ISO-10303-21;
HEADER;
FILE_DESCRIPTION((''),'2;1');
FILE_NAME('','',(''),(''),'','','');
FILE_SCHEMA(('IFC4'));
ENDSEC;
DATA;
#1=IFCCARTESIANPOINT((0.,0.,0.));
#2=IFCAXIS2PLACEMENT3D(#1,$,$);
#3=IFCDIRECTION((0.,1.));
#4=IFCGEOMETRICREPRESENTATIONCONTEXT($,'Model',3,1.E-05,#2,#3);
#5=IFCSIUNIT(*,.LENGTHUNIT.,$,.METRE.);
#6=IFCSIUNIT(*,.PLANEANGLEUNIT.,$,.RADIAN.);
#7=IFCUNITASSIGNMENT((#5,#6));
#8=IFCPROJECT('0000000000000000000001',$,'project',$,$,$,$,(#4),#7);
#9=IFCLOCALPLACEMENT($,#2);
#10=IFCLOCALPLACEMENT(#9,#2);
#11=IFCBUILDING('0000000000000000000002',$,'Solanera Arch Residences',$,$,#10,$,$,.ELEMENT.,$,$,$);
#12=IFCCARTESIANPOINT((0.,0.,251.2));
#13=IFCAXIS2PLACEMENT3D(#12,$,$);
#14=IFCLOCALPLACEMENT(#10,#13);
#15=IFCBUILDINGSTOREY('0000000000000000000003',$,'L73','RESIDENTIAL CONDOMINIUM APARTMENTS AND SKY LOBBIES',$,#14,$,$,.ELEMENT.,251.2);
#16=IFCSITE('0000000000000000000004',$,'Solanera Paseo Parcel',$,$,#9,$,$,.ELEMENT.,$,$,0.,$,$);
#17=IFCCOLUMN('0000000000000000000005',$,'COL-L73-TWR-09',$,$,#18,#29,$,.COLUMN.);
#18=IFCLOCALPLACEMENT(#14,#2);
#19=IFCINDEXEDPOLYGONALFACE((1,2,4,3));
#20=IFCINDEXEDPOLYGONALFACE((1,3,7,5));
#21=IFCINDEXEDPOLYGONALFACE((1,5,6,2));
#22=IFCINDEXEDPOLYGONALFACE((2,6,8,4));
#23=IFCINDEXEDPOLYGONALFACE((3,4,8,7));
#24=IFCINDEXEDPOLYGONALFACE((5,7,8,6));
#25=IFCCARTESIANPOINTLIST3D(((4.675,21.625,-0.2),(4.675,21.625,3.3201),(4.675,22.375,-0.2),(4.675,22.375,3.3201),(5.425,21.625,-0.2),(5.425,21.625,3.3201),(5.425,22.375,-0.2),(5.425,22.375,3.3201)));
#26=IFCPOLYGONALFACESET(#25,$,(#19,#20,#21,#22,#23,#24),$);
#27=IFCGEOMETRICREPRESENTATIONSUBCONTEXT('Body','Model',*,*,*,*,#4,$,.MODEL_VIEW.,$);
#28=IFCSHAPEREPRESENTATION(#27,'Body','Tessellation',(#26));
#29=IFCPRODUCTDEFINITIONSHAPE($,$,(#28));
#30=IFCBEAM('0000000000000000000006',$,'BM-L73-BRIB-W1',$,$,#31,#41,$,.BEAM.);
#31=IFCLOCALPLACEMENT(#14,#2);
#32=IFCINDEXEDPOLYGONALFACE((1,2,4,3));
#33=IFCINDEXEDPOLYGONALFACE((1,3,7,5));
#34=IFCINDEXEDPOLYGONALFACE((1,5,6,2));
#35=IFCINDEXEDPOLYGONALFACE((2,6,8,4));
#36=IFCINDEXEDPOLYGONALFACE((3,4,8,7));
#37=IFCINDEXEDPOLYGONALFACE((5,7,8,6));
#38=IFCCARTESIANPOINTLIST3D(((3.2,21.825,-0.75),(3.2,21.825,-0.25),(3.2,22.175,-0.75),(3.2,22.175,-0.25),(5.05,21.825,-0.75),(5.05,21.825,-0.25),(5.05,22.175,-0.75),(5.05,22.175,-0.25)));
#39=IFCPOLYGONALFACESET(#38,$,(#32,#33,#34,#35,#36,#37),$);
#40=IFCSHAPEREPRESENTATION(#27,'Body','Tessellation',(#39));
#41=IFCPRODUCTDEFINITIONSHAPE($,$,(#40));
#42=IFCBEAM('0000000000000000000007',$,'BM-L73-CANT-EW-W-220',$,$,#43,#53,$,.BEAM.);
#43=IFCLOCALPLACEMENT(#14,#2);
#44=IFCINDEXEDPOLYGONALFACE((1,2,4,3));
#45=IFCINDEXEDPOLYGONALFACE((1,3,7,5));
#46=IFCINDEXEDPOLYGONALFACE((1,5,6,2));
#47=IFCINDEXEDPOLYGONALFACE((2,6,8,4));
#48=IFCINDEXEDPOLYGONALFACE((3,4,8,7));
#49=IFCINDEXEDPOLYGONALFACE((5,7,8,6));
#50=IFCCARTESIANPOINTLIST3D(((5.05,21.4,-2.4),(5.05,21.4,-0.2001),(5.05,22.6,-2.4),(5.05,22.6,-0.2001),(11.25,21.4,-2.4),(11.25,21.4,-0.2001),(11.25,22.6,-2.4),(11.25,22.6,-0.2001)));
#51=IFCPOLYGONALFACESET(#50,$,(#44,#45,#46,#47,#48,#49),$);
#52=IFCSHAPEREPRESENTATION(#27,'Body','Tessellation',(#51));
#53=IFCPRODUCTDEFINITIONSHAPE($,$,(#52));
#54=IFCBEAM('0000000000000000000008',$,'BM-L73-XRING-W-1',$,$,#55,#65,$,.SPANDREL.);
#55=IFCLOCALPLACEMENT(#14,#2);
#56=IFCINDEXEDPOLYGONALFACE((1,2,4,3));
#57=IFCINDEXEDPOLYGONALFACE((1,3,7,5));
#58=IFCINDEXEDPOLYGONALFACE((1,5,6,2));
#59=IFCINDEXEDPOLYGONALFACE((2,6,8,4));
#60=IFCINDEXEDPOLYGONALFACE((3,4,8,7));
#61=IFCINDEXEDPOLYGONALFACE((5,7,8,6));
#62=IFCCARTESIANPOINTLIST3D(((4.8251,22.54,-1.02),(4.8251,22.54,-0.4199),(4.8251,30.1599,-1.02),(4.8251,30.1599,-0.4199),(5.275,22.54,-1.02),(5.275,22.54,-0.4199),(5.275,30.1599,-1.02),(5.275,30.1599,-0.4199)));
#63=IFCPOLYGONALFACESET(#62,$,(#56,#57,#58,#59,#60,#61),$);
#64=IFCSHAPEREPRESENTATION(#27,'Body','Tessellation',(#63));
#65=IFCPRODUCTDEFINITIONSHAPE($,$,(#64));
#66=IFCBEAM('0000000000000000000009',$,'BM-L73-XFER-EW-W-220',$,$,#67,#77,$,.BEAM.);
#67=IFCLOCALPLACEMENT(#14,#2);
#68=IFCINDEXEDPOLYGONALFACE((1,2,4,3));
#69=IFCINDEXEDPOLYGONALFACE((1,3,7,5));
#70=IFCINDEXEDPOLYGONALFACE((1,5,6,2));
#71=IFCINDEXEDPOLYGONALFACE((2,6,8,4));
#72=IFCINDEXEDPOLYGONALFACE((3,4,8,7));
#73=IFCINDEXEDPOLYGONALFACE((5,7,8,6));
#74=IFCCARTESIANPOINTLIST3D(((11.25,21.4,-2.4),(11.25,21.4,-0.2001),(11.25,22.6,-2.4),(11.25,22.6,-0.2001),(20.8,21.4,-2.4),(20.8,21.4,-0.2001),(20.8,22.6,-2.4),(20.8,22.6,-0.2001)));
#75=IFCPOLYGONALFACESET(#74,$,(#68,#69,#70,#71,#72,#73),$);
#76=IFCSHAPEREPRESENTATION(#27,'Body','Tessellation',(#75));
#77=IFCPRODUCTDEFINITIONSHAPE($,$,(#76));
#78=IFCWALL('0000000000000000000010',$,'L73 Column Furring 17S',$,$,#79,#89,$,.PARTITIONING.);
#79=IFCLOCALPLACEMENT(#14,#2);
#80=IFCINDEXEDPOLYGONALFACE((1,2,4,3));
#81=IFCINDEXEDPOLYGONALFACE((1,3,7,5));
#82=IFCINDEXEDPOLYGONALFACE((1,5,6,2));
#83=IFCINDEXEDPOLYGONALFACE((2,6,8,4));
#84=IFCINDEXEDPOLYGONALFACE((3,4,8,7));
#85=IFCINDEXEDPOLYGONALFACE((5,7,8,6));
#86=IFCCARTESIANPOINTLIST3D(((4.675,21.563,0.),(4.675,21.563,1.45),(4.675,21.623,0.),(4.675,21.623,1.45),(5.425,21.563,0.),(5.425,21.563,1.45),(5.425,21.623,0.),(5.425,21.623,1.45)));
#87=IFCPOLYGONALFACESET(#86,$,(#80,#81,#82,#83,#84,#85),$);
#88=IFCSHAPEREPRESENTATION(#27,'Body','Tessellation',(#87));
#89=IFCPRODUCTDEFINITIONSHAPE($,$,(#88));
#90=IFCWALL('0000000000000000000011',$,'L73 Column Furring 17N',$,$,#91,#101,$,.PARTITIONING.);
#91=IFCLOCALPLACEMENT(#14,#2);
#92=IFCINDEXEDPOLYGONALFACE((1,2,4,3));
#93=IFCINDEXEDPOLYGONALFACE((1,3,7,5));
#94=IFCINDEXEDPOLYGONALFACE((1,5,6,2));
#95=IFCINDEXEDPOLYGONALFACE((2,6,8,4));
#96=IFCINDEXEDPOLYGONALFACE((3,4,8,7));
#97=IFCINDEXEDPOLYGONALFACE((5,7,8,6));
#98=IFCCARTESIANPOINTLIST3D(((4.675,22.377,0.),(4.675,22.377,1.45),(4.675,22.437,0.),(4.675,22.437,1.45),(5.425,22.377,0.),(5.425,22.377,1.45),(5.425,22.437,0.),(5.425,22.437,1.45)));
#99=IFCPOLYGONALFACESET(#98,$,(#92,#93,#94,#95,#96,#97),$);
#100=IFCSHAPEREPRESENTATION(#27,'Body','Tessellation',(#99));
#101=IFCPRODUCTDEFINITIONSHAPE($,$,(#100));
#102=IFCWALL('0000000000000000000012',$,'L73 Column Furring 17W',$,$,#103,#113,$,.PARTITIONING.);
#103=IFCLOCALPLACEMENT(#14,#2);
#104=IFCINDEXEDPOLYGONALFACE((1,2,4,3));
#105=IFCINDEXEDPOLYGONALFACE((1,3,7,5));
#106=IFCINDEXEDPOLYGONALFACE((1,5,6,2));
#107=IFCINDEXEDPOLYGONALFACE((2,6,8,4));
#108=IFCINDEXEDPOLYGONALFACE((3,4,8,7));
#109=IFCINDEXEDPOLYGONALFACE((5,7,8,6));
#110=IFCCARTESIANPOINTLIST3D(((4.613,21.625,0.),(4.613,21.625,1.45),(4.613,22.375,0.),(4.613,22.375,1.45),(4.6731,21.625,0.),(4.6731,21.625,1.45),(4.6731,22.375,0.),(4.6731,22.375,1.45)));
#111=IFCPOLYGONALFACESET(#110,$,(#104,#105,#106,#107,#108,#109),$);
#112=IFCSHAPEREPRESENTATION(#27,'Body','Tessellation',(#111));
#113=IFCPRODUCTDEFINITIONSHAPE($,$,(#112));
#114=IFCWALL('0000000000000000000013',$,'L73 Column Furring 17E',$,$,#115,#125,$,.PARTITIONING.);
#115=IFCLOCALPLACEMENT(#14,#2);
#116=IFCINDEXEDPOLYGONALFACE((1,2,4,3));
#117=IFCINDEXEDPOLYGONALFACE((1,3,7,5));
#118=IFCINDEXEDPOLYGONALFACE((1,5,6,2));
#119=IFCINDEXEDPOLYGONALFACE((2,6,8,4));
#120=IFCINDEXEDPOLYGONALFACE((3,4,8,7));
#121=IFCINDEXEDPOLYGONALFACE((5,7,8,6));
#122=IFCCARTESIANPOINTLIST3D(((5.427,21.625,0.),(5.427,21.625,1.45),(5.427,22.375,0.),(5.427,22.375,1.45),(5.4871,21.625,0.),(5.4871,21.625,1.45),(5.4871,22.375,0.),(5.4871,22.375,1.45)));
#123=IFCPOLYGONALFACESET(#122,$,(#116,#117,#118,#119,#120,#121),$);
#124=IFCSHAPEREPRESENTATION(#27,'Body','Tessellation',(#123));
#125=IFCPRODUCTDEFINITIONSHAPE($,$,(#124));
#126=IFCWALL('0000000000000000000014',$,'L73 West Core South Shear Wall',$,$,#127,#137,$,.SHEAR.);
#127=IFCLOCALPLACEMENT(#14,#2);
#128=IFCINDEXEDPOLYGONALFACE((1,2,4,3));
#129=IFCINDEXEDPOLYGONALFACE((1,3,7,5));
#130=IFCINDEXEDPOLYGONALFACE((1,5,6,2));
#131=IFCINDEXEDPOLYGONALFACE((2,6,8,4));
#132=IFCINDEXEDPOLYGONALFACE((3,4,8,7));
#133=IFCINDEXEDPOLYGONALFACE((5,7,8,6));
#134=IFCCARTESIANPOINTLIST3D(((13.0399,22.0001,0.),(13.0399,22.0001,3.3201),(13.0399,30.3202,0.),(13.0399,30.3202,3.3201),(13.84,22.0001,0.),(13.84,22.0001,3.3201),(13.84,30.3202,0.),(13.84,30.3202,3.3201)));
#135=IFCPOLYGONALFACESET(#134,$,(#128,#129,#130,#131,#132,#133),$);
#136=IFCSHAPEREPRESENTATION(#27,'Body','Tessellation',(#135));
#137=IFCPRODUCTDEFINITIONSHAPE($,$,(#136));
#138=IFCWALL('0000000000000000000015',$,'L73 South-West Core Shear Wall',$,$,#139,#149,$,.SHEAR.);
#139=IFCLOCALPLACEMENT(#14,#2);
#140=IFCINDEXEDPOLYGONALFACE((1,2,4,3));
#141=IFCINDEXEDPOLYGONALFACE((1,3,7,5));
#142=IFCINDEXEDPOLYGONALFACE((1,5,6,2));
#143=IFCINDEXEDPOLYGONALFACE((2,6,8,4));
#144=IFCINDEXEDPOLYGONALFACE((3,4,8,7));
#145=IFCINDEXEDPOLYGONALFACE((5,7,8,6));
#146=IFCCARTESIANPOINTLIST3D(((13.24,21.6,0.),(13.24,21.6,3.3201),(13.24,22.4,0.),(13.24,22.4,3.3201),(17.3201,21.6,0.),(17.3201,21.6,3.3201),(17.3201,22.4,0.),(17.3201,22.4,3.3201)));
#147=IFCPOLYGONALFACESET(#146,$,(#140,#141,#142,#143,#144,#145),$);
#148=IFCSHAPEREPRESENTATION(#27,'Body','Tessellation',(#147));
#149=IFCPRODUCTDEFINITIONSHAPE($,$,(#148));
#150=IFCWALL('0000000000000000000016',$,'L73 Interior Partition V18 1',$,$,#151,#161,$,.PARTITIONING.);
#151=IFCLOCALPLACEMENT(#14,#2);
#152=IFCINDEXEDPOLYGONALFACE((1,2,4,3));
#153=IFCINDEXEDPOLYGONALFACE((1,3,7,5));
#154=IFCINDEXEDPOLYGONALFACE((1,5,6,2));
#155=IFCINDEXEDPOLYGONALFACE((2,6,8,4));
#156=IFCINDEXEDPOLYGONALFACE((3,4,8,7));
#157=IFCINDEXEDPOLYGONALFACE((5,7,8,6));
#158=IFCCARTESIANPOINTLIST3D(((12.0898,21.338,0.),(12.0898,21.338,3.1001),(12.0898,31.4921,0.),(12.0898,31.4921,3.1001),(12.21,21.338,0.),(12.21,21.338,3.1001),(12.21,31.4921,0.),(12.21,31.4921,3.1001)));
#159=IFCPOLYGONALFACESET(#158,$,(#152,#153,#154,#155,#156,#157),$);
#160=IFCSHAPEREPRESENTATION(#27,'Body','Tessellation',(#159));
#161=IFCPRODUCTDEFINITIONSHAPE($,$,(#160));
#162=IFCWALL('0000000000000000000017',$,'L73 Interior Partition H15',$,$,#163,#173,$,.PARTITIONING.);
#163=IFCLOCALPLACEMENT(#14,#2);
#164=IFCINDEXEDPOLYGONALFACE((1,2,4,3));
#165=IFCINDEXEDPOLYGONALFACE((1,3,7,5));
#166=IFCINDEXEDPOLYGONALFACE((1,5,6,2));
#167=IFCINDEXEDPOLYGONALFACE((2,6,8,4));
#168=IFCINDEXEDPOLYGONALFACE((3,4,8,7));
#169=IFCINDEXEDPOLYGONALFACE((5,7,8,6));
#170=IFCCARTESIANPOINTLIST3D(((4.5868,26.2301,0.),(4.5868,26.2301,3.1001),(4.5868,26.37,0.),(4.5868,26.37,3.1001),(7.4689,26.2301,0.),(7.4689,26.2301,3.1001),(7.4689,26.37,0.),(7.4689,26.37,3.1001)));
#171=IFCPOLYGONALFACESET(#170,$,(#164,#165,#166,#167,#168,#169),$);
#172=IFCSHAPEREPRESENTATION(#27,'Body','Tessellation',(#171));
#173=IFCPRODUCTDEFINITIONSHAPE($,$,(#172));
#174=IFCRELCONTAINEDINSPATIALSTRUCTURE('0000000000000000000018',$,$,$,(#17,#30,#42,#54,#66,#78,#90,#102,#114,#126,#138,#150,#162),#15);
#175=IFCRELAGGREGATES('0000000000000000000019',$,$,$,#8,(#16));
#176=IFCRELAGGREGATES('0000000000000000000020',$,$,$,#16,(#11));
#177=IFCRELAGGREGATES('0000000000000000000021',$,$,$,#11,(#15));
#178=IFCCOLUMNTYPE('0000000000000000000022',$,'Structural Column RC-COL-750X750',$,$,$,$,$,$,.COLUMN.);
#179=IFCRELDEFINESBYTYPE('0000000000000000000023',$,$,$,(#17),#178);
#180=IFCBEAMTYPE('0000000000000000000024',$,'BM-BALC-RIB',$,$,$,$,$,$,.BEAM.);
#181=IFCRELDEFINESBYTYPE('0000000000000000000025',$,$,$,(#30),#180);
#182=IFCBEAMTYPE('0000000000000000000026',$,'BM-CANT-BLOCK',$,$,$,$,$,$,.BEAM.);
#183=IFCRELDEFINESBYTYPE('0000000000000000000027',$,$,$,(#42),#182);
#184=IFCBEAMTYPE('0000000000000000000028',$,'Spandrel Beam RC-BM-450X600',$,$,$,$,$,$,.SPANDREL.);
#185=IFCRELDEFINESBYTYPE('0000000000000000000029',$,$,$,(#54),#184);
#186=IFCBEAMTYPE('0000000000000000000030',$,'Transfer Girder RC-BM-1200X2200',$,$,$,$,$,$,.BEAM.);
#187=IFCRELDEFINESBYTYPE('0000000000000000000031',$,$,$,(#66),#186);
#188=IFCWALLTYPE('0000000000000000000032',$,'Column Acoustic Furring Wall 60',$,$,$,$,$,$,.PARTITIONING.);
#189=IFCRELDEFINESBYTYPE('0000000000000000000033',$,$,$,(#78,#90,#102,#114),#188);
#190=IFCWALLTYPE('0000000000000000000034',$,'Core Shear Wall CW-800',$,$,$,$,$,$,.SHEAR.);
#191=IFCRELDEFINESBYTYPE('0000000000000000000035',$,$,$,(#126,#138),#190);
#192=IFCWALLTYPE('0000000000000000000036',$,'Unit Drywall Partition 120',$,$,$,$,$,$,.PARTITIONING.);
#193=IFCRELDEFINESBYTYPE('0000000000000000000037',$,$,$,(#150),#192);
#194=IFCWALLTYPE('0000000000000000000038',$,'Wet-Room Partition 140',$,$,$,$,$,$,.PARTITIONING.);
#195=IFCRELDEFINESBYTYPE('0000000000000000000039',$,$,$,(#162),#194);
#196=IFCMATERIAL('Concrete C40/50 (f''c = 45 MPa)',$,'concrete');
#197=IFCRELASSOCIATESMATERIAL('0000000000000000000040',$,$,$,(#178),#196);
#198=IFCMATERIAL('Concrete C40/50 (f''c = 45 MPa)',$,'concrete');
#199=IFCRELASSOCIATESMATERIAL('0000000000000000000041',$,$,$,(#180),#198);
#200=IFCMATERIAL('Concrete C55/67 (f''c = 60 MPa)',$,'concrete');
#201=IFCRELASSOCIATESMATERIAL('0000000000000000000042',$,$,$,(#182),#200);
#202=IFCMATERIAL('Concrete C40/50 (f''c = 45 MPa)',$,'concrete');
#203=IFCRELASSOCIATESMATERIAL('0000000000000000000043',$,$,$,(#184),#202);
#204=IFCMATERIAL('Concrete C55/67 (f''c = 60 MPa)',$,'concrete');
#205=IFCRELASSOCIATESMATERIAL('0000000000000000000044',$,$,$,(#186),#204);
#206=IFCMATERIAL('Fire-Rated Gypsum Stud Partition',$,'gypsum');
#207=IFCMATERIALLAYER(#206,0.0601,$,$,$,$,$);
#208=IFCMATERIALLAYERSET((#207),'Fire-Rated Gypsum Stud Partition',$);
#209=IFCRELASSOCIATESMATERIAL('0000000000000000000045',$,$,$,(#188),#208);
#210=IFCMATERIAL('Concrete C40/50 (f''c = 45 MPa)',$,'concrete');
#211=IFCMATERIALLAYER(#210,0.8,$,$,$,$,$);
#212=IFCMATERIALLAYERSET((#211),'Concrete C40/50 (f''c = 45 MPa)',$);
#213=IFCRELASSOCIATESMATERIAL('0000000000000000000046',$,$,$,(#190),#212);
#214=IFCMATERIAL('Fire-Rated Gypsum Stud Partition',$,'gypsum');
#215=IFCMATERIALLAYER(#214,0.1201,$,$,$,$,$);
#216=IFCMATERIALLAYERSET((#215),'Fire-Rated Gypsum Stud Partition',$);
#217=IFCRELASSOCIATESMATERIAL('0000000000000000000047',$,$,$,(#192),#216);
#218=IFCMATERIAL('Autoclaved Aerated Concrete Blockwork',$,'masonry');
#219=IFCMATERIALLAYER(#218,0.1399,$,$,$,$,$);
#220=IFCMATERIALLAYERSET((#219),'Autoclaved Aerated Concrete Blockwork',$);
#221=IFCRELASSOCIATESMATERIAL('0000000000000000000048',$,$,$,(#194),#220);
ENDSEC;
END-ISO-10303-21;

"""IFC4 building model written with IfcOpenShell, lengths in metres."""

from ifc_helpers import new_model, si_unit, direction, frame, frame_2d, origin, origin_2d, place, context, subcontext, project, spatial, rectangle, extrude, material, layer, layer_set, material_profile, profile_set, type_object, element, save


model = new_model("IFC4")

# Units and contexts
model_context = context("Model", 3, precision=1e-05, world=origin(), true_north=direction((0.0, 1.0)))
body_context = subcontext(model_context, "Body", "Model", "MODEL_VIEW")
ifc_project = project(units=[si_unit("LENGTHUNIT", "METRE"), si_unit("PLANEANGLEUNIT", "RADIAN")], contexts=[model_context])

# Site, building, storey
site_placement = place(None, origin())
site = spatial("IfcSite", under=ifc_project, at=site_placement, Name="Solanera Paseo Parcel", CompositionType="ELEMENT", RefElevation=0.0)
building_placement = place(site_placement, origin())
building = spatial("IfcBuilding", under=site, at=building_placement, Name="Solanera Arch Residences", CompositionType="ELEMENT")
storey_placement = place(building_placement, frame((0.0, 0.0, 251.2)))
storey = spatial("IfcBuildingStorey", under=building, at=storey_placement, Name="L73", Description="RESIDENTIAL CONDOMINIUM APARTMENTS AND SKY LOBBIES", CompositionType="ELEMENT", Elevation=251.2)

# Column
ifc_material_1 = material(Name="Concrete C40/50 (f'c = 45 MPa)", Category="concrete")
ifc_material_profile_1 = material_profile(ifc_material_1, rectangle(XDim=0.75, YDim=0.75, at=origin_2d()))
ifc_profile_set_1 = profile_set([ifc_material_profile_1], Name="Concrete C40/50 (f'c = 45 MPa)")
column_type = type_object("IfcColumnType", Name="Structural Column RC-COL-750X750", PredefinedType="COLUMN", material=ifc_profile_set_1)
column_placement = place(storey_placement, frame((5.05, 22.0, -0.2), z_axis=(0.0, 0.0, 1.0), x_axis=(1.0, 0.0, 0.0)))
element("IfcColumn", 1, at=column_placement, inside=storey, type_object=column_type, Name="COL-L73-TWR-09", PredefinedType="COLUMN", context=body_context, shape_type="SweptSolid", body=[
    extrude(rectangle(XDim=0.75, YDim=0.75, at=origin_2d()), origin(), (0.0, 0.0, 1.0), 3.52),
])

# Beams
ifc_material_2 = material(Name="Concrete C40/50 (f'c = 45 MPa)", Category="concrete")
ifc_material_profile_2 = material_profile(ifc_material_2, rectangle(XDim=0.3501, YDim=0.5, at=origin_2d()))
ifc_profile_set_2 = profile_set([ifc_material_profile_2], Name="Concrete C40/50 (f'c = 45 MPa)")
beam_type_1 = type_object("IfcBeamType", Name="BM-BALC-RIB", PredefinedType="BEAM", material=ifc_profile_set_2)
beam_1_placement = place(storey_placement, frame((3.2, 22.0, -0.5), z_axis=(1.0, 0.0, 0.0), x_axis=(0.0, 1.0, 0.0)))
element("IfcBeam", 2, at=beam_1_placement, inside=storey, type_object=beam_type_1, Name="BM-L73-BRIB-W1", PredefinedType="BEAM", context=body_context, shape_type="SweptSolid", body=[
    extrude(rectangle(XDim=0.3501, YDim=0.5, at=origin_2d()), origin(), (0.0, 0.0, 1.0), 1.8501),
])
ifc_material_3 = material(Name="Concrete C55/67 (f'c = 60 MPa)", Category="concrete")
ifc_material_profile_3 = material_profile(ifc_material_3, rectangle(XDim=1.2, YDim=2.2, at=origin_2d()))
ifc_profile_set_3 = profile_set([ifc_material_profile_3], Name="Concrete C55/67 (f'c = 60 MPa)")
beam_type_2 = type_object("IfcBeamType", Name="BM-CANT-BLOCK", PredefinedType="BEAM", material=ifc_profile_set_3)
beam_2_placement = place(storey_placement, frame((5.05, 22.0, -1.3), z_axis=(1.0, 0.0, 0.0), x_axis=(0.0, 1.0, 0.0)))
element("IfcBeam", 3, at=beam_2_placement, inside=storey, type_object=beam_type_2, Name="BM-L73-CANT-EW-W-220", PredefinedType="BEAM", context=body_context, shape_type="SweptSolid", body=[
    extrude(rectangle(XDim=1.2, YDim=2.2, at=origin_2d()), origin(), (0.0, 0.0, 1.0), 6.2),
])
ifc_material_4 = material(Name="Concrete C40/50 (f'c = 45 MPa)", Category="concrete")
ifc_material_profile_4 = material_profile(ifc_material_4, rectangle(XDim=0.45, YDim=0.6001, at=origin_2d()))
ifc_profile_set_4 = profile_set([ifc_material_profile_4], Name="Concrete C40/50 (f'c = 45 MPa)")
beam_type_3 = type_object("IfcBeamType", Name="Spandrel Beam RC-BM-450X600", PredefinedType="SPANDREL", material=ifc_profile_set_4)
beam_3_placement = place(storey_placement, frame((5.05, 22.54, -0.72), z_axis=(0.0, 1.0, 0.0), x_axis=(-1.0, 0.0, 0.0)))
element("IfcBeam", 4, at=beam_3_placement, inside=storey, type_object=beam_type_3, Name="BM-L73-XRING-W-1", PredefinedType="SPANDREL", context=body_context, shape_type="SweptSolid", body=[
    extrude(rectangle(XDim=0.45, YDim=0.6001, at=origin_2d()), origin(), (0.0, 0.0, 1.0), 7.6199),
])
ifc_material_5 = material(Name="Concrete C55/67 (f'c = 60 MPa)", Category="concrete")
ifc_material_profile_5 = material_profile(ifc_material_5, rectangle(XDim=1.2, YDim=2.2, at=origin_2d()))
ifc_profile_set_5 = profile_set([ifc_material_profile_5], Name="Concrete C55/67 (f'c = 60 MPa)")
beam_type_4 = type_object("IfcBeamType", Name="Transfer Girder RC-BM-1200X2200", PredefinedType="BEAM", material=ifc_profile_set_5)
beam_4_placement = place(storey_placement, frame((11.25, 22.0, -1.3), z_axis=(1.0, 0.0, 0.0), x_axis=(0.0, 1.0, 0.0)))
element("IfcBeam", 5, at=beam_4_placement, inside=storey, type_object=beam_type_4, Name="BM-L73-XFER-EW-W-220", PredefinedType="BEAM", context=body_context, shape_type="SweptSolid", body=[
    extrude(rectangle(XDim=1.2, YDim=2.2, at=origin_2d()), origin(), (0.0, 0.0, 1.0), 9.55),
])

# Walls
ifc_material_6 = material(Name="Fire-Rated Gypsum Stud Partition", Category="gypsum")
ifc_layer_1 = layer(ifc_material_6, 0.0601)
ifc_layer_set_1 = layer_set([ifc_layer_1], Name="Fire-Rated Gypsum Stud Partition")
wall_type_1 = type_object("IfcWallType", Name="Column Acoustic Furring Wall 60", PredefinedType="PARTITIONING", material=ifc_layer_set_1)
for number, where, z_axis, x_axis, name in (
    (6, (4.675, 21.593, 0.0), (0.0, 0.0, 1.0), (1.0, 0.0, 0.0), "L73 Column Furring 17S"),
    (7, (4.675, 22.407, 0.0), (0.0, 0.0, 1.0), (1.0, 0.0, 0.0), "L73 Column Furring 17N"),
    (8, (4.6431, 21.625, 0.0), (0.0, 0.0, 1.0), (0.0, 1.0, 0.0), "L73 Column Furring 17W"),
    (9, (5.457, 21.625, 0.0), (0.0, 0.0, 1.0), (0.0, 1.0, 0.0), "L73 Column Furring 17E"),
):
    element("IfcWall", number, at=place(storey_placement, frame(where, z_axis=z_axis, x_axis=x_axis)), inside=storey, type_object=wall_type_1, Name=name, PredefinedType="PARTITIONING", context=body_context, shape_type="SweptSolid", body=[
        extrude(rectangle(XDim=0.75, YDim=0.0601, at=frame_2d((0.375, 0.0))), origin(), (0.0, 0.0, 1.0), 1.45),
    ])
ifc_material_7 = material(Name="Concrete C40/50 (f'c = 45 MPa)", Category="concrete")
ifc_layer_2 = layer(ifc_material_7, 0.8)
ifc_layer_set_2 = layer_set([ifc_layer_2], Name="Concrete C40/50 (f'c = 45 MPa)")
wall_type_2 = type_object("IfcWallType", Name="Core Shear Wall CW-800", PredefinedType="SHEAR", material=ifc_layer_set_2)
wall_1_placement = place(storey_placement, frame((13.4399, 22.0, 0.0), z_axis=(0.0, 0.0, 1.0), x_axis=(0.0, 1.0, 0.0)))
element("IfcWall", 10, at=wall_1_placement, inside=storey, type_object=wall_type_2, Name="L73 West Core South Shear Wall", PredefinedType="SHEAR", context=body_context, shape_type="SweptSolid", body=[
    extrude(rectangle(XDim=8.3201, YDim=0.8, at=frame_2d((4.1602, 0.0))), origin(), (0.0, 0.0, 1.0), 3.3201),
])
wall_2_placement = place(storey_placement, frame((13.24, 22.0, 0.0), z_axis=(0.0, 0.0, 1.0), x_axis=(1.0, 0.0, 0.0)))
element("IfcWall", 11, at=wall_2_placement, inside=storey, type_object=wall_type_2, Name="L73 South-West Core Shear Wall", PredefinedType="SHEAR", context=body_context, shape_type="SweptSolid", body=[
    extrude(rectangle(XDim=4.0801, YDim=0.8, at=frame_2d((2.04, 0.0))), origin(), (0.0, 0.0, 1.0), 3.3201),
])
ifc_material_8 = material(Name="Fire-Rated Gypsum Stud Partition", Category="gypsum")
ifc_layer_3 = layer(ifc_material_8, 0.1201)
ifc_layer_set_3 = layer_set([ifc_layer_3], Name="Fire-Rated Gypsum Stud Partition")
wall_type_3 = type_object("IfcWallType", Name="Unit Drywall Partition 120", PredefinedType="PARTITIONING", material=ifc_layer_set_3)
wall_3_placement = place(storey_placement, frame((12.1499, 21.3379, 0.0), z_axis=(0.0, 0.0, 1.0), x_axis=(0.0, 1.0, 0.0)))
element("IfcWall", 12, at=wall_3_placement, inside=storey, type_object=wall_type_3, Name="L73 Interior Partition V18 1", PredefinedType="PARTITIONING", context=body_context, shape_type="SweptSolid", body=[
    extrude(rectangle(XDim=10.1541, YDim=0.1201, at=frame_2d((5.0771, 0.0))), origin(), (0.0, 0.0, 1.0), 3.1001),
])
ifc_material_9 = material(Name="Autoclaved Aerated Concrete Blockwork", Category="masonry")
ifc_layer_4 = layer(ifc_material_9, 0.1399)
ifc_layer_set_4 = layer_set([ifc_layer_4], Name="Autoclaved Aerated Concrete Blockwork")
wall_type_4 = type_object("IfcWallType", Name="Wet-Room Partition 140", PredefinedType="PARTITIONING", material=ifc_layer_set_4)
wall_4_placement = place(storey_placement, frame((4.5869, 26.3, 0.0), z_axis=(0.0, 0.0, 1.0), x_axis=(1.0, 0.0, 0.0)))
element("IfcWall", 13, at=wall_4_placement, inside=storey, type_object=wall_type_4, Name="L73 Interior Partition H15", PredefinedType="PARTITIONING", context=body_context, shape_type="SweptSolid", body=[
    extrude(rectangle(XDim=2.8821, YDim=0.1399, at=frame_2d((1.4409, 0.0))), origin(), (0.0, 0.0, 1.0), 3.1001),
])

save(model, "model.ifc")
